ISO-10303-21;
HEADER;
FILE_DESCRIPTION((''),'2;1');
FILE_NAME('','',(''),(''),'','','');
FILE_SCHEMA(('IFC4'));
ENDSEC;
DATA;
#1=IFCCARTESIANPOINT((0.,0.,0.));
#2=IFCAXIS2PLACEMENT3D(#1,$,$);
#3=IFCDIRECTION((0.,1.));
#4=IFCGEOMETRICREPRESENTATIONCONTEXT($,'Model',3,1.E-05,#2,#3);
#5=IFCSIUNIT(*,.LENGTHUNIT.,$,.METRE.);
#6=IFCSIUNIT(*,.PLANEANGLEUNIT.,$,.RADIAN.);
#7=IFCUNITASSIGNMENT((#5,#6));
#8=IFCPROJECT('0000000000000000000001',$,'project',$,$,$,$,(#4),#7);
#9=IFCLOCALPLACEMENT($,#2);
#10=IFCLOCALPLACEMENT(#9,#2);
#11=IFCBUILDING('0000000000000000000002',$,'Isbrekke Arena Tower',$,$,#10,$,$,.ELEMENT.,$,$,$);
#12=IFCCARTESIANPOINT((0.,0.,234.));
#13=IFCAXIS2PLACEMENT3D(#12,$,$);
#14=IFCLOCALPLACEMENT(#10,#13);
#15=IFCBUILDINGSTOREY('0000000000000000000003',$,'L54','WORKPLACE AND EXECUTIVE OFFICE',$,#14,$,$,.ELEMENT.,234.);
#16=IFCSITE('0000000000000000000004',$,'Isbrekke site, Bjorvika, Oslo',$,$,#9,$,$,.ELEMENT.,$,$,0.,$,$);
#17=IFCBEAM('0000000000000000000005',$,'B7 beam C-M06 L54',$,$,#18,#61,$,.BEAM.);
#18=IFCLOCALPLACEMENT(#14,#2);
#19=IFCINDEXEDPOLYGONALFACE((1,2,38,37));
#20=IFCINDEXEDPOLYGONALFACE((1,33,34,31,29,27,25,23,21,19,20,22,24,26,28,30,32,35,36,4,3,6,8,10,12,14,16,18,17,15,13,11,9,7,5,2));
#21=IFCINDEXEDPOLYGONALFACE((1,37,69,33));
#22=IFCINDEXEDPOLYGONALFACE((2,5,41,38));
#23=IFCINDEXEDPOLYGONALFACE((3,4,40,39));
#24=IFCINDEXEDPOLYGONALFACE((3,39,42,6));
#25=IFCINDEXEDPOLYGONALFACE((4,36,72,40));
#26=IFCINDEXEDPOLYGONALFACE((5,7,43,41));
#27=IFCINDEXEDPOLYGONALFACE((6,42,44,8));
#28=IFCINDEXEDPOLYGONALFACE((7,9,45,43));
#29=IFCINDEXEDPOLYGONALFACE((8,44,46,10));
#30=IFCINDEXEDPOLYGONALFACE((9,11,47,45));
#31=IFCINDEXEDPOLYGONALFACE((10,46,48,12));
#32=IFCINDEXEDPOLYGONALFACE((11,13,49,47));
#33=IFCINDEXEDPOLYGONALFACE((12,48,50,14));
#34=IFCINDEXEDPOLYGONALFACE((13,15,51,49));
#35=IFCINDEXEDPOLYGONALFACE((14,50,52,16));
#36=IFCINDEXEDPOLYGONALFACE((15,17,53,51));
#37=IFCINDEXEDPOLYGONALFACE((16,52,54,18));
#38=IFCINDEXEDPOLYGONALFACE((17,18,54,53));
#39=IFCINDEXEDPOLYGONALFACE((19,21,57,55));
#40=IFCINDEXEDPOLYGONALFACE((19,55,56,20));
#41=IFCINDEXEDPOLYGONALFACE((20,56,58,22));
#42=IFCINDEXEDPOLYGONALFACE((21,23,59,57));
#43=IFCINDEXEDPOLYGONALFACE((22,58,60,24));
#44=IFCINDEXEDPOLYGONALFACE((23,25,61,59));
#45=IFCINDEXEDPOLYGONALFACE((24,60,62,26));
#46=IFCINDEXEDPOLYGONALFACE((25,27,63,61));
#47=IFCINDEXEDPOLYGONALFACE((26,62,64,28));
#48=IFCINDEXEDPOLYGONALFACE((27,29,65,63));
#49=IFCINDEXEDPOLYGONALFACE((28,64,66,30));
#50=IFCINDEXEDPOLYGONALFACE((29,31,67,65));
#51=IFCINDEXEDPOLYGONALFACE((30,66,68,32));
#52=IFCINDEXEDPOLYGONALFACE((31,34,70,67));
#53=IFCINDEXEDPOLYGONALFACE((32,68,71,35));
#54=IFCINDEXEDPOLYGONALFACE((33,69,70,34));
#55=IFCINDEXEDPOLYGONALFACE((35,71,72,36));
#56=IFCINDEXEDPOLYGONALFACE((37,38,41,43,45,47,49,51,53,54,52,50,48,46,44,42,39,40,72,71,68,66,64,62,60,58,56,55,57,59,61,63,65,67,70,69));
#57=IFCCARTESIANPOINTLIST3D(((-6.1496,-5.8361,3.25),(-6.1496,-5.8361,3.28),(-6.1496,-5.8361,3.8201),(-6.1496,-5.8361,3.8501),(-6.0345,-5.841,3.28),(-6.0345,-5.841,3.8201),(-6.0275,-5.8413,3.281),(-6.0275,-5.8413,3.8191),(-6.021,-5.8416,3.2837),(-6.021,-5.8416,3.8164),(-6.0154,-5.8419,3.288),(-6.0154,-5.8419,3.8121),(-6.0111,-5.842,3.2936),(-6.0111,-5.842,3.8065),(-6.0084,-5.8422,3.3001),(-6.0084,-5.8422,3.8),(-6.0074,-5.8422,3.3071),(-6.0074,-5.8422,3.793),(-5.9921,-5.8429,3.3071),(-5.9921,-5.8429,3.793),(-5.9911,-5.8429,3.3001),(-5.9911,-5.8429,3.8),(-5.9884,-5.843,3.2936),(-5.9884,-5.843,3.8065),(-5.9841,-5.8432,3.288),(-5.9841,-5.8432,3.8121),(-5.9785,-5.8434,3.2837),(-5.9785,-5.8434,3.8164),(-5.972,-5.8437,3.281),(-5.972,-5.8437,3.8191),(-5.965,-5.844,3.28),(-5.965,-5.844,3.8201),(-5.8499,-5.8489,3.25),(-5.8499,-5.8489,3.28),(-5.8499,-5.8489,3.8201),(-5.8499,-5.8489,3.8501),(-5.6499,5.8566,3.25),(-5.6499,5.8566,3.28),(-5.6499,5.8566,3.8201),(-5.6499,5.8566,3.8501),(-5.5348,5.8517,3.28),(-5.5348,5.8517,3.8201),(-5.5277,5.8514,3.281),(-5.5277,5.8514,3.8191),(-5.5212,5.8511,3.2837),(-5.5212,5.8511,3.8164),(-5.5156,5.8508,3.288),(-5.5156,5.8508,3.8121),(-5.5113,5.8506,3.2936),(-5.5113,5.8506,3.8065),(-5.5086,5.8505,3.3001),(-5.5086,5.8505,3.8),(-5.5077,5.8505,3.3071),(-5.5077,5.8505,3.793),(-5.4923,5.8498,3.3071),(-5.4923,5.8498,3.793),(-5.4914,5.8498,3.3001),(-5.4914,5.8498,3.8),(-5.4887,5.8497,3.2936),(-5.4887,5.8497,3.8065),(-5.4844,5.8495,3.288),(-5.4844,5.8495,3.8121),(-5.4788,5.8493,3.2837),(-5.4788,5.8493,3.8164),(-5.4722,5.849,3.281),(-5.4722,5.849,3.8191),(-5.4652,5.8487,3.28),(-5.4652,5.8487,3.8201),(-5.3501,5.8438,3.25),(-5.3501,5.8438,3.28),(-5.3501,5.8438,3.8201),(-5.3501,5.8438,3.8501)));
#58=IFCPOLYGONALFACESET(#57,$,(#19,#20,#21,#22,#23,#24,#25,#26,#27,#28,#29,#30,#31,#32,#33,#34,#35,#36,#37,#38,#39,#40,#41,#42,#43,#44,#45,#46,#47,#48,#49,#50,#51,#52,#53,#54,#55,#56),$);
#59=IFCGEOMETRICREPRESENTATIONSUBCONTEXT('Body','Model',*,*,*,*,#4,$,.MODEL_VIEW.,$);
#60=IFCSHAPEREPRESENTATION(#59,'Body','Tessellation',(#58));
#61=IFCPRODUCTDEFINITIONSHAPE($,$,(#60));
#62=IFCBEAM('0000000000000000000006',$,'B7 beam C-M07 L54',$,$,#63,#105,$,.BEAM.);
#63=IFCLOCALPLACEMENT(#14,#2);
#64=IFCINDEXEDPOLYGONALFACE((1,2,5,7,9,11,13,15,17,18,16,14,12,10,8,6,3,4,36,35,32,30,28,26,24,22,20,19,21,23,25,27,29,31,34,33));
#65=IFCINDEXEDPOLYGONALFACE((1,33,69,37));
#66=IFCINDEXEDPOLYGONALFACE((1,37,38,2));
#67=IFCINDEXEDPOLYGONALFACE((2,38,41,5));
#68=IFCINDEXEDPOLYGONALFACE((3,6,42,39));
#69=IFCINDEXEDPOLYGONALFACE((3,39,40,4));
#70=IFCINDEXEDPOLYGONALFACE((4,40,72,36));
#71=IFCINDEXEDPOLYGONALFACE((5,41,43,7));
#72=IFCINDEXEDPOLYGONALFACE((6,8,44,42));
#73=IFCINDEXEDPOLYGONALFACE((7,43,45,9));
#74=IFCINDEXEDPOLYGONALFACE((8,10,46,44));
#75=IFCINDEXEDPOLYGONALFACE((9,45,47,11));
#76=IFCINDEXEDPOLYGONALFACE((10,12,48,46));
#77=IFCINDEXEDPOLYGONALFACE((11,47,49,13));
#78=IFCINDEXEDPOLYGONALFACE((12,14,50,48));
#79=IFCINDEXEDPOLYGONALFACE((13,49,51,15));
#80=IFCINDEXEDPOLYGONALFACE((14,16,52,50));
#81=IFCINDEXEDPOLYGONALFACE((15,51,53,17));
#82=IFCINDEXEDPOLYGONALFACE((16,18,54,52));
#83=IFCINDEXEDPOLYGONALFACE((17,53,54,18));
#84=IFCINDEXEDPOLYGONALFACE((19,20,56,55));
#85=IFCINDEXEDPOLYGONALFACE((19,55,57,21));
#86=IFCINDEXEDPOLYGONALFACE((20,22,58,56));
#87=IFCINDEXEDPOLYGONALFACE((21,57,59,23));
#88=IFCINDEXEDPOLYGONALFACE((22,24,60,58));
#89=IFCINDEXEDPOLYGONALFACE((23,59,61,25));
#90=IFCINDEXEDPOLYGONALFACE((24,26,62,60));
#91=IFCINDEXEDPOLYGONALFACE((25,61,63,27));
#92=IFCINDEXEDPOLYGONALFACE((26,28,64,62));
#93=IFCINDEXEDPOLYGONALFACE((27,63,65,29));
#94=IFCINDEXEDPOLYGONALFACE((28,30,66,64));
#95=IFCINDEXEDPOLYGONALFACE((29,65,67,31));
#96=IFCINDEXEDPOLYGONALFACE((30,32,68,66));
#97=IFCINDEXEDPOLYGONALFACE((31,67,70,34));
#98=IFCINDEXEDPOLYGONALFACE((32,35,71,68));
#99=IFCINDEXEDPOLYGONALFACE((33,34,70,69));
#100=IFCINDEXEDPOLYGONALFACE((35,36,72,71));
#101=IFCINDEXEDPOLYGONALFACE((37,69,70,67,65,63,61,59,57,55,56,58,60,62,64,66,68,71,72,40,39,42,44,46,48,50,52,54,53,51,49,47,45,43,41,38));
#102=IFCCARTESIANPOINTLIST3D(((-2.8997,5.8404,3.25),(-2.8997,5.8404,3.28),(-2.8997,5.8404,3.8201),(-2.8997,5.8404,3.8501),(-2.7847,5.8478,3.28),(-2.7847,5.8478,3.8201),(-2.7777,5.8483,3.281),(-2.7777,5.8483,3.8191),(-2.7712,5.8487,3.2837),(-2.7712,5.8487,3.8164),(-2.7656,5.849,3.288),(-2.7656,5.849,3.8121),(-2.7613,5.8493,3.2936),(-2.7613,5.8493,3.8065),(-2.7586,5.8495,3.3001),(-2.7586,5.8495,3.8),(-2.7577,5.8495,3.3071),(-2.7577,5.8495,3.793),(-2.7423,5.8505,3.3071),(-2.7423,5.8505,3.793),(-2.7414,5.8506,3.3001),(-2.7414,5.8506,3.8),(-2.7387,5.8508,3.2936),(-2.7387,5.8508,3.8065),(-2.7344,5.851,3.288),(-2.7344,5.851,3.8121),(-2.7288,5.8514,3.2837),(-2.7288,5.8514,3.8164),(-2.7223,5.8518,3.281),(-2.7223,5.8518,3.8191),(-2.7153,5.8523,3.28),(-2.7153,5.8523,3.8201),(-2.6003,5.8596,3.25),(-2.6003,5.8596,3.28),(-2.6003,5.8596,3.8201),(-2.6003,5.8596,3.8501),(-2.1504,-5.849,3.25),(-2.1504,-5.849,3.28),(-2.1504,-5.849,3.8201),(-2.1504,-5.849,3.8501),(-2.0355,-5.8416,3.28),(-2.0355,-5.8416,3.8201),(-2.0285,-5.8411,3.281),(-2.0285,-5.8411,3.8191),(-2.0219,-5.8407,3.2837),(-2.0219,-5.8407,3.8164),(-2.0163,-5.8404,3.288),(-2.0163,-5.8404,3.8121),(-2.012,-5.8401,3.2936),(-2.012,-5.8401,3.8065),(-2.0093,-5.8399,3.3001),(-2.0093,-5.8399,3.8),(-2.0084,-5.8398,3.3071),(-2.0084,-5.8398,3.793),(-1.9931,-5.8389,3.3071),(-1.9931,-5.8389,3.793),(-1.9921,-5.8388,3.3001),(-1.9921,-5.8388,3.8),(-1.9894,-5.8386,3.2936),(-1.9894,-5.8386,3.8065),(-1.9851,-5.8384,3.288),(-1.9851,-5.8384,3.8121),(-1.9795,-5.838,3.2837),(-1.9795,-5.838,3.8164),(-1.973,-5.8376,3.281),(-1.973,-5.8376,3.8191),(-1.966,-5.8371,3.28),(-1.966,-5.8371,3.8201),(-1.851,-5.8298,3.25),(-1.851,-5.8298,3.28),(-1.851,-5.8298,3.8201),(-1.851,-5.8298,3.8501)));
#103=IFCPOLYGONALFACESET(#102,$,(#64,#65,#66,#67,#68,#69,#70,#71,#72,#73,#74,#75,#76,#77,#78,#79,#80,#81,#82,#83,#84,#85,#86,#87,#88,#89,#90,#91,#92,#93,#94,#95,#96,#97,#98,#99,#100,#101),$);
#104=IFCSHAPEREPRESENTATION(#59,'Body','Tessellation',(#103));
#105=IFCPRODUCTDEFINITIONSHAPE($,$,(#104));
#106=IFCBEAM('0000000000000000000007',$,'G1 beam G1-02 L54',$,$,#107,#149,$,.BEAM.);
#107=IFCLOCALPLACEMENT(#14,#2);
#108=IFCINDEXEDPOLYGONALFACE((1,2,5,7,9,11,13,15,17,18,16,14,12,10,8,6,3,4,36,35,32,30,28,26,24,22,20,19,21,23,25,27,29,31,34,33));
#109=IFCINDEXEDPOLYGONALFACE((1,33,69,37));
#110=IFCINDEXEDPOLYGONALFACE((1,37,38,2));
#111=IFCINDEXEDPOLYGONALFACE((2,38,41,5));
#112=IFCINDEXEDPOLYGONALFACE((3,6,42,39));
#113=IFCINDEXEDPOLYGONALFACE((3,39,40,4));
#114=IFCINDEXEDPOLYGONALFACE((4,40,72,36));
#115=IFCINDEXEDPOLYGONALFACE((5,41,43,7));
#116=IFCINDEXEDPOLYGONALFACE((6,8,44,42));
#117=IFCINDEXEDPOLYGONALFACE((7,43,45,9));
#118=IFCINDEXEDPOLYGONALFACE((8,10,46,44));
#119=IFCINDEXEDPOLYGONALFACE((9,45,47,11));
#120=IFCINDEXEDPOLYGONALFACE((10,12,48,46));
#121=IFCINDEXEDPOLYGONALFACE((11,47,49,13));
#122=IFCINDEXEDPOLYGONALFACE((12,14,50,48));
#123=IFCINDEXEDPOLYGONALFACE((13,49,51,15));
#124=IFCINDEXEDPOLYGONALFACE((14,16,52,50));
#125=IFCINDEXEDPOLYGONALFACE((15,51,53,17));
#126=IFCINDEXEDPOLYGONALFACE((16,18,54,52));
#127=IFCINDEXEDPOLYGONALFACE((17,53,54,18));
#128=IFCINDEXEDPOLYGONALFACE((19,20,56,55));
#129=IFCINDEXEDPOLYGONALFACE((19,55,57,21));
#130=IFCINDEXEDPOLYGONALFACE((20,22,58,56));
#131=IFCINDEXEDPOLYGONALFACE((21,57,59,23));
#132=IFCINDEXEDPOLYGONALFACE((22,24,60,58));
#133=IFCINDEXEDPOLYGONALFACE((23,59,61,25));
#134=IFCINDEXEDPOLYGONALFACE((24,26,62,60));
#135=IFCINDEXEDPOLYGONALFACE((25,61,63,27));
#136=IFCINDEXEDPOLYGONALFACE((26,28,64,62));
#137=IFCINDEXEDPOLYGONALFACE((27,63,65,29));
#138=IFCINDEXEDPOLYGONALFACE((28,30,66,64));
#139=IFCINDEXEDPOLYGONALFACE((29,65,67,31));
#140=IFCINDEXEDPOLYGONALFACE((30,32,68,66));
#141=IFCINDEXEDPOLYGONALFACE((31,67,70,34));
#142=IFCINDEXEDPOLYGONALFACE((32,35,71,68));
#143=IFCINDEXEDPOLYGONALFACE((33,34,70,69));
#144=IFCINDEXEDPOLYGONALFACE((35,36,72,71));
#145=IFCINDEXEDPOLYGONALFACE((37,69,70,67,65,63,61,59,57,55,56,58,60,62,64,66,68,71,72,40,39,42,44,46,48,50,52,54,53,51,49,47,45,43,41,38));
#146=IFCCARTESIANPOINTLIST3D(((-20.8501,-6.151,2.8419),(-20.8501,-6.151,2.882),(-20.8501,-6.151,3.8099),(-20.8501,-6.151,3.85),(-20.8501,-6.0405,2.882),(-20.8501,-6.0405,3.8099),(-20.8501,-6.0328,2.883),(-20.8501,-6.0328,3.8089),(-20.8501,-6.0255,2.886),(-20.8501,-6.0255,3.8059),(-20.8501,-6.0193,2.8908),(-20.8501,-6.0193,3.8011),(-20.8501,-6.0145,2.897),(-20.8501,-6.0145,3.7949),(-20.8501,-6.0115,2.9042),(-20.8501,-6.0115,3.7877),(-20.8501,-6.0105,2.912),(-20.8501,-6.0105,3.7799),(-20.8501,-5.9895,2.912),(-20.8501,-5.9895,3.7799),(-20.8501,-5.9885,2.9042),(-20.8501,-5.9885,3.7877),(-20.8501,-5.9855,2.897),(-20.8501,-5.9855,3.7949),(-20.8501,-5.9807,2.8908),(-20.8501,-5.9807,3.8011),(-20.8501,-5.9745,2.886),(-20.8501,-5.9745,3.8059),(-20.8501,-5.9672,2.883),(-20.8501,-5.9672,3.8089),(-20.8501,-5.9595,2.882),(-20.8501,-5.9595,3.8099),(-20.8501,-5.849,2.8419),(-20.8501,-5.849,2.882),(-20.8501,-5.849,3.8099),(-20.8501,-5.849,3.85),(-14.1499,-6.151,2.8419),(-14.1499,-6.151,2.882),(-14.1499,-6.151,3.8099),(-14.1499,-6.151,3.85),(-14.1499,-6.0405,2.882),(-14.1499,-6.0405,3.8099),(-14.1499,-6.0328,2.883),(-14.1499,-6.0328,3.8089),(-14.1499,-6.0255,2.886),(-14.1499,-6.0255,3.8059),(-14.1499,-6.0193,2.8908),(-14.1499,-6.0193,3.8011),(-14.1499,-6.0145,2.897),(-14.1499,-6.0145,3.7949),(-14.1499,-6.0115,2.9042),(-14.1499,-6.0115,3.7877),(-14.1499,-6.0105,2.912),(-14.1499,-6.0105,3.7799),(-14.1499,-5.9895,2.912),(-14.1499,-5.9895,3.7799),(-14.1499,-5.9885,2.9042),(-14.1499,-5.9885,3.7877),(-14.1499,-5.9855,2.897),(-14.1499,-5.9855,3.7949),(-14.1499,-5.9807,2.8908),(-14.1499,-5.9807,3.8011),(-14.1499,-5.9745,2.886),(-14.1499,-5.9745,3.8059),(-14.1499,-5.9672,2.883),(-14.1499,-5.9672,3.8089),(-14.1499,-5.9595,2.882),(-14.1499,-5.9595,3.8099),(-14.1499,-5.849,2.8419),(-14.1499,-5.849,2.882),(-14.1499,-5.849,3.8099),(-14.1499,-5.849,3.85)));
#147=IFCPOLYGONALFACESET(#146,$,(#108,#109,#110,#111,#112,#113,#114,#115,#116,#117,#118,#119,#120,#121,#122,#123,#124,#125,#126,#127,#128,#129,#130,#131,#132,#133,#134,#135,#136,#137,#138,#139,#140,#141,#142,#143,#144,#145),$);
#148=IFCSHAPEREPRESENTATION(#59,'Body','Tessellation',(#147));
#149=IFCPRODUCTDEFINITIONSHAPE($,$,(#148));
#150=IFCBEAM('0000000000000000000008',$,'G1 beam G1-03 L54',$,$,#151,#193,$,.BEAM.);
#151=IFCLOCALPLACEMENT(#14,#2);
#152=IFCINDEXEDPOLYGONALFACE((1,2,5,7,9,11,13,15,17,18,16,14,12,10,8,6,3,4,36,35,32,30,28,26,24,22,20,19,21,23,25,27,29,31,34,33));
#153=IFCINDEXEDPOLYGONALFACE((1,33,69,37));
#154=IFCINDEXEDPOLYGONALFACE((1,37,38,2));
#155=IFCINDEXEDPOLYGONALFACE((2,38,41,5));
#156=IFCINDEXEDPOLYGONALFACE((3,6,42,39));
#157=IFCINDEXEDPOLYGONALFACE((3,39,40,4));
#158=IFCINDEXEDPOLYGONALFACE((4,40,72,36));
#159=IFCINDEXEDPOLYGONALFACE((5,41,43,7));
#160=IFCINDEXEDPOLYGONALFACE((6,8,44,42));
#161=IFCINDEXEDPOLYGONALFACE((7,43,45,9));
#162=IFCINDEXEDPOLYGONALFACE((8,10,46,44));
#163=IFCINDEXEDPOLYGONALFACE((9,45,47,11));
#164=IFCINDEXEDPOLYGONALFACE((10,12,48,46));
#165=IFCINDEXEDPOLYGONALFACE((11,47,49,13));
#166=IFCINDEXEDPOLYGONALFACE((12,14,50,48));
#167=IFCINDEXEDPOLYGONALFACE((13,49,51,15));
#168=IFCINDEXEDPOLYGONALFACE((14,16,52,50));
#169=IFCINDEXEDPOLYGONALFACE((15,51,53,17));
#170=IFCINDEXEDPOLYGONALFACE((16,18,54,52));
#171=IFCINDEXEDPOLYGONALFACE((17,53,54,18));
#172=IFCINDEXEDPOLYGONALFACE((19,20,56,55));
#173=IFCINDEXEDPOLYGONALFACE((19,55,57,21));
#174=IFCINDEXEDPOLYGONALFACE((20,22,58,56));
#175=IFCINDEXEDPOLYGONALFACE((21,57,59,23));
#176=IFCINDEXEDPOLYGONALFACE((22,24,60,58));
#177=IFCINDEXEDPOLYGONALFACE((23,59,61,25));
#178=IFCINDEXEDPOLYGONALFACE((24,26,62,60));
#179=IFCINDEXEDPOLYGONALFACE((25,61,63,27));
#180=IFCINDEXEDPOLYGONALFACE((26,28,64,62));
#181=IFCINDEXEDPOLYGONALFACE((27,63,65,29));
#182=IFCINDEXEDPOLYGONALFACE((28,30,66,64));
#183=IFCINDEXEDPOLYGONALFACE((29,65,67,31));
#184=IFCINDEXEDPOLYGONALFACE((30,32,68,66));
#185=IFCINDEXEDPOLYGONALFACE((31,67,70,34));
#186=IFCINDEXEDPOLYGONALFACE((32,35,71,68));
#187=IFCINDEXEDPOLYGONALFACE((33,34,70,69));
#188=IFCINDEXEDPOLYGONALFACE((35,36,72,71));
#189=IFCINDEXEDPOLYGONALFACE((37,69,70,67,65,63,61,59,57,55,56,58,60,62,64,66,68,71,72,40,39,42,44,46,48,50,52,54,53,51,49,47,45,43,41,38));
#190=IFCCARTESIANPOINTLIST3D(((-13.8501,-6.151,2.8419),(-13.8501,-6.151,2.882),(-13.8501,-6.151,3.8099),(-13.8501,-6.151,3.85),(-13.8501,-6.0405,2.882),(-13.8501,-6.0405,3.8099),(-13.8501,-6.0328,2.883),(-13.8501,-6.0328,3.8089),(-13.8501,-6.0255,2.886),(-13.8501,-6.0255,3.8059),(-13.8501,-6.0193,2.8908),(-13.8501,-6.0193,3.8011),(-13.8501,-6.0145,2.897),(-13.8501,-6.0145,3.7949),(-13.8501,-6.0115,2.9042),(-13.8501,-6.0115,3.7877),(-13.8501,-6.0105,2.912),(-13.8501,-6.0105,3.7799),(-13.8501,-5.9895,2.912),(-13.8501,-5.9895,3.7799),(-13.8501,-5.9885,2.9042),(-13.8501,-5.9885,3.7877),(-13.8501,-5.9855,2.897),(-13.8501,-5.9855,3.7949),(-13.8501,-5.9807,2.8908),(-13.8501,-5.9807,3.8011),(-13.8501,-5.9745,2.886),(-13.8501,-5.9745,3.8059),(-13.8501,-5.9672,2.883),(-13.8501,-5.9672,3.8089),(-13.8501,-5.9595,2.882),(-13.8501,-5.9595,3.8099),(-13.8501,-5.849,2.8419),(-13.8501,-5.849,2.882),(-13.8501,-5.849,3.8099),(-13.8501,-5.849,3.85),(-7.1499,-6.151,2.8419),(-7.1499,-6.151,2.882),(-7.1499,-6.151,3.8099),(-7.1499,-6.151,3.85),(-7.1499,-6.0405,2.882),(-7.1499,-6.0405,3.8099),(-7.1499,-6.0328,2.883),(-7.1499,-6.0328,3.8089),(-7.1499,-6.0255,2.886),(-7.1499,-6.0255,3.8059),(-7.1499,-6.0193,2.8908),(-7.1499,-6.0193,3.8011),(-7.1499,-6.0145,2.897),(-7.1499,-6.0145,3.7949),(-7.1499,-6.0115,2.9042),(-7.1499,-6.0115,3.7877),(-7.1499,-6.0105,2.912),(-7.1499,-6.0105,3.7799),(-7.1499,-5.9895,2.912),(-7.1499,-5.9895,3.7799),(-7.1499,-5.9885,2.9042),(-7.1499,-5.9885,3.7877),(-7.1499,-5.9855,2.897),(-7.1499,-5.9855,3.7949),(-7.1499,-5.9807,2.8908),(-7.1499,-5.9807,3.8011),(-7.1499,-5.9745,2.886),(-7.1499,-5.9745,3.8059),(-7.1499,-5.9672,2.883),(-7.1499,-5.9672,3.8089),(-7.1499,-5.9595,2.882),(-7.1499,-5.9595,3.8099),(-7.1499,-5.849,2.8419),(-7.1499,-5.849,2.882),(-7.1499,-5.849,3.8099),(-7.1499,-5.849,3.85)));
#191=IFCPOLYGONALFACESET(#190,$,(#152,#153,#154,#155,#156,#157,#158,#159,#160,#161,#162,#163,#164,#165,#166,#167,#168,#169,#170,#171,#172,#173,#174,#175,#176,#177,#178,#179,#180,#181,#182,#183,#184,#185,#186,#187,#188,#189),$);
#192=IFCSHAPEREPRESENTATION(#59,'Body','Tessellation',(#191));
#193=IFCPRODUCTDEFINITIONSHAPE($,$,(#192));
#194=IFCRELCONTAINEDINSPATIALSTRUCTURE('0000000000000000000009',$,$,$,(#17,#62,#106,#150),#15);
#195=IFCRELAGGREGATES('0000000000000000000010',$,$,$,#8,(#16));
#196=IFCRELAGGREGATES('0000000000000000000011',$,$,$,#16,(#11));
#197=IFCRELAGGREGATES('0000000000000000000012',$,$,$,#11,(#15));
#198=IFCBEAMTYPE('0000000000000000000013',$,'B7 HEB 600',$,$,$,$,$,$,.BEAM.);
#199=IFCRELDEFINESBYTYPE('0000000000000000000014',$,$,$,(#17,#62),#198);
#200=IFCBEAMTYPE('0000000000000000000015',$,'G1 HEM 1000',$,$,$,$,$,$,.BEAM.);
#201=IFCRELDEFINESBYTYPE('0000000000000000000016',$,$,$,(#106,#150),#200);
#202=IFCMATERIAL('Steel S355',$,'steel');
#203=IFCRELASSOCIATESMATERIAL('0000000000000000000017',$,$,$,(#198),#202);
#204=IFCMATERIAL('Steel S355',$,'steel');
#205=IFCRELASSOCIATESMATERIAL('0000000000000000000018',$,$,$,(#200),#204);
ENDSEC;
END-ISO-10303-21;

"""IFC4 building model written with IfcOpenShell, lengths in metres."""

from ifc_helpers import new_model, si_unit, direction, frame, origin, origin_2d, place, context, subcontext, project, spatial, i_section, extrude, material, material_profile, profile_set, type_object, element, save


model = new_model("IFC4")

# Units and contexts
model_context = context("Model", 3, precision=1e-05, world=origin(), true_north=direction((0.0, 1.0)))
body_context = subcontext(model_context, "Body", "Model", "MODEL_VIEW")
ifc_project = project(units=[si_unit("LENGTHUNIT", "METRE"), si_unit("PLANEANGLEUNIT", "RADIAN")], contexts=[model_context])

# Site, building, storey
site_placement = place(None, origin())
site = spatial("IfcSite", under=ifc_project, at=site_placement, Name="Isbrekke site, Bjorvika, Oslo", CompositionType="ELEMENT", RefElevation=0.0)
building_placement = place(site_placement, origin())
building = spatial("IfcBuilding", under=site, at=building_placement, Name="Isbrekke Arena Tower", CompositionType="ELEMENT")
storey_placement = place(building_placement, frame((0.0, 0.0, 234.0)))
storey = spatial("IfcBuildingStorey", under=building, at=storey_placement, Name="L54", Description="WORKPLACE AND EXECUTIVE OFFICE", CompositionType="ELEMENT", Elevation=234.0)

# Beams
ifc_material_1 = material(Name="Steel S355", Category="steel")
ifc_material_profile_1 = material_profile(ifc_material_1, i_section(OverallWidth=0.3, OverallDepth=0.6001, WebThickness=0.0154, FlangeThickness=0.03, FilletRadius=0.0271, at=origin_2d()), Name="HEB 600")
ifc_profile_set_1 = profile_set([ifc_material_profile_1], Name="Steel S355")
beam_type_1 = type_object("IfcBeamType", Name="B7 HEB 600", PredefinedType="BEAM", material=ifc_profile_set_1)
beam_1_placement = place(storey_placement, frame((-5.9998, -5.8425, 3.55), z_axis=(0.042702, 0.999088, 0.0), x_axis=(-0.999088, 0.042702, 0.0)))
element("IfcBeam", 1, at=beam_1_placement, inside=storey, type_object=beam_type_1, Name="B7 beam C-M06 L54", PredefinedType="BEAM", context=body_context, shape_type="SweptSolid", body=[
    extrude(i_section(OverallWidth=0.3, OverallDepth=0.6001, WebThickness=0.0154, FlangeThickness=0.03, FilletRadius=0.0271, at=origin_2d()), origin(), (0.0, 0.0, 1.0), 11.7034),
])
beam_2_placement = place(storey_placement, frame((-2.0007, -5.8394, 3.55), z_axis=(-0.063966, 0.997952, 0.0), x_axis=(-0.997952, -0.063966, 0.0)))
element("IfcBeam", 2, at=beam_2_placement, inside=storey, type_object=beam_type_1, Name="B7 beam C-M07 L54", PredefinedType="BEAM", context=body_context, shape_type="SweptSolid", body=[
    extrude(i_section(OverallWidth=0.3, OverallDepth=0.6001, WebThickness=0.0154, FlangeThickness=0.03, FilletRadius=0.0271, at=origin_2d()), origin(), (0.0, 0.0, 1.0), 11.7134),
])
ifc_material_2 = material(Name="Steel S355", Category="steel")
ifc_material_profile_2 = material_profile(ifc_material_2, i_section(OverallWidth=0.302, OverallDepth=1.0081, WebThickness=0.021, FlangeThickness=0.04, FilletRadius=0.03, at=origin_2d()), Name="HEM 1000")
ifc_profile_set_2 = profile_set([ifc_material_profile_2], Name="Steel S355")
beam_type_2 = type_object("IfcBeamType", Name="G1 HEM 1000", PredefinedType="BEAM", material=ifc_profile_set_2)
for number, where, z_axis, x_axis, name in (
    (3, (-20.8501, -6.0, 3.3459), (1.0, 0.0, 0.0), (0.0, 1.0, 0.0), "G1 beam G1-02 L54"),
    (4, (-13.8501, -6.0, 3.3459), (1.0, 0.0, 0.0), (0.0, 1.0, 0.0), "G1 beam G1-03 L54"),
):
    element("IfcBeam", number, at=place(storey_placement, frame(where, z_axis=z_axis, x_axis=x_axis)), inside=storey, type_object=beam_type_2, Name=name, PredefinedType="BEAM", context=body_context, shape_type="SweptSolid", body=[
        extrude(i_section(OverallWidth=0.302, OverallDepth=1.0081, WebThickness=0.021, FlangeThickness=0.04, FilletRadius=0.03, at=origin_2d()), origin(), (0.0, 0.0, 1.0), 6.7002),
    ])

save(model, "model.ifc")
